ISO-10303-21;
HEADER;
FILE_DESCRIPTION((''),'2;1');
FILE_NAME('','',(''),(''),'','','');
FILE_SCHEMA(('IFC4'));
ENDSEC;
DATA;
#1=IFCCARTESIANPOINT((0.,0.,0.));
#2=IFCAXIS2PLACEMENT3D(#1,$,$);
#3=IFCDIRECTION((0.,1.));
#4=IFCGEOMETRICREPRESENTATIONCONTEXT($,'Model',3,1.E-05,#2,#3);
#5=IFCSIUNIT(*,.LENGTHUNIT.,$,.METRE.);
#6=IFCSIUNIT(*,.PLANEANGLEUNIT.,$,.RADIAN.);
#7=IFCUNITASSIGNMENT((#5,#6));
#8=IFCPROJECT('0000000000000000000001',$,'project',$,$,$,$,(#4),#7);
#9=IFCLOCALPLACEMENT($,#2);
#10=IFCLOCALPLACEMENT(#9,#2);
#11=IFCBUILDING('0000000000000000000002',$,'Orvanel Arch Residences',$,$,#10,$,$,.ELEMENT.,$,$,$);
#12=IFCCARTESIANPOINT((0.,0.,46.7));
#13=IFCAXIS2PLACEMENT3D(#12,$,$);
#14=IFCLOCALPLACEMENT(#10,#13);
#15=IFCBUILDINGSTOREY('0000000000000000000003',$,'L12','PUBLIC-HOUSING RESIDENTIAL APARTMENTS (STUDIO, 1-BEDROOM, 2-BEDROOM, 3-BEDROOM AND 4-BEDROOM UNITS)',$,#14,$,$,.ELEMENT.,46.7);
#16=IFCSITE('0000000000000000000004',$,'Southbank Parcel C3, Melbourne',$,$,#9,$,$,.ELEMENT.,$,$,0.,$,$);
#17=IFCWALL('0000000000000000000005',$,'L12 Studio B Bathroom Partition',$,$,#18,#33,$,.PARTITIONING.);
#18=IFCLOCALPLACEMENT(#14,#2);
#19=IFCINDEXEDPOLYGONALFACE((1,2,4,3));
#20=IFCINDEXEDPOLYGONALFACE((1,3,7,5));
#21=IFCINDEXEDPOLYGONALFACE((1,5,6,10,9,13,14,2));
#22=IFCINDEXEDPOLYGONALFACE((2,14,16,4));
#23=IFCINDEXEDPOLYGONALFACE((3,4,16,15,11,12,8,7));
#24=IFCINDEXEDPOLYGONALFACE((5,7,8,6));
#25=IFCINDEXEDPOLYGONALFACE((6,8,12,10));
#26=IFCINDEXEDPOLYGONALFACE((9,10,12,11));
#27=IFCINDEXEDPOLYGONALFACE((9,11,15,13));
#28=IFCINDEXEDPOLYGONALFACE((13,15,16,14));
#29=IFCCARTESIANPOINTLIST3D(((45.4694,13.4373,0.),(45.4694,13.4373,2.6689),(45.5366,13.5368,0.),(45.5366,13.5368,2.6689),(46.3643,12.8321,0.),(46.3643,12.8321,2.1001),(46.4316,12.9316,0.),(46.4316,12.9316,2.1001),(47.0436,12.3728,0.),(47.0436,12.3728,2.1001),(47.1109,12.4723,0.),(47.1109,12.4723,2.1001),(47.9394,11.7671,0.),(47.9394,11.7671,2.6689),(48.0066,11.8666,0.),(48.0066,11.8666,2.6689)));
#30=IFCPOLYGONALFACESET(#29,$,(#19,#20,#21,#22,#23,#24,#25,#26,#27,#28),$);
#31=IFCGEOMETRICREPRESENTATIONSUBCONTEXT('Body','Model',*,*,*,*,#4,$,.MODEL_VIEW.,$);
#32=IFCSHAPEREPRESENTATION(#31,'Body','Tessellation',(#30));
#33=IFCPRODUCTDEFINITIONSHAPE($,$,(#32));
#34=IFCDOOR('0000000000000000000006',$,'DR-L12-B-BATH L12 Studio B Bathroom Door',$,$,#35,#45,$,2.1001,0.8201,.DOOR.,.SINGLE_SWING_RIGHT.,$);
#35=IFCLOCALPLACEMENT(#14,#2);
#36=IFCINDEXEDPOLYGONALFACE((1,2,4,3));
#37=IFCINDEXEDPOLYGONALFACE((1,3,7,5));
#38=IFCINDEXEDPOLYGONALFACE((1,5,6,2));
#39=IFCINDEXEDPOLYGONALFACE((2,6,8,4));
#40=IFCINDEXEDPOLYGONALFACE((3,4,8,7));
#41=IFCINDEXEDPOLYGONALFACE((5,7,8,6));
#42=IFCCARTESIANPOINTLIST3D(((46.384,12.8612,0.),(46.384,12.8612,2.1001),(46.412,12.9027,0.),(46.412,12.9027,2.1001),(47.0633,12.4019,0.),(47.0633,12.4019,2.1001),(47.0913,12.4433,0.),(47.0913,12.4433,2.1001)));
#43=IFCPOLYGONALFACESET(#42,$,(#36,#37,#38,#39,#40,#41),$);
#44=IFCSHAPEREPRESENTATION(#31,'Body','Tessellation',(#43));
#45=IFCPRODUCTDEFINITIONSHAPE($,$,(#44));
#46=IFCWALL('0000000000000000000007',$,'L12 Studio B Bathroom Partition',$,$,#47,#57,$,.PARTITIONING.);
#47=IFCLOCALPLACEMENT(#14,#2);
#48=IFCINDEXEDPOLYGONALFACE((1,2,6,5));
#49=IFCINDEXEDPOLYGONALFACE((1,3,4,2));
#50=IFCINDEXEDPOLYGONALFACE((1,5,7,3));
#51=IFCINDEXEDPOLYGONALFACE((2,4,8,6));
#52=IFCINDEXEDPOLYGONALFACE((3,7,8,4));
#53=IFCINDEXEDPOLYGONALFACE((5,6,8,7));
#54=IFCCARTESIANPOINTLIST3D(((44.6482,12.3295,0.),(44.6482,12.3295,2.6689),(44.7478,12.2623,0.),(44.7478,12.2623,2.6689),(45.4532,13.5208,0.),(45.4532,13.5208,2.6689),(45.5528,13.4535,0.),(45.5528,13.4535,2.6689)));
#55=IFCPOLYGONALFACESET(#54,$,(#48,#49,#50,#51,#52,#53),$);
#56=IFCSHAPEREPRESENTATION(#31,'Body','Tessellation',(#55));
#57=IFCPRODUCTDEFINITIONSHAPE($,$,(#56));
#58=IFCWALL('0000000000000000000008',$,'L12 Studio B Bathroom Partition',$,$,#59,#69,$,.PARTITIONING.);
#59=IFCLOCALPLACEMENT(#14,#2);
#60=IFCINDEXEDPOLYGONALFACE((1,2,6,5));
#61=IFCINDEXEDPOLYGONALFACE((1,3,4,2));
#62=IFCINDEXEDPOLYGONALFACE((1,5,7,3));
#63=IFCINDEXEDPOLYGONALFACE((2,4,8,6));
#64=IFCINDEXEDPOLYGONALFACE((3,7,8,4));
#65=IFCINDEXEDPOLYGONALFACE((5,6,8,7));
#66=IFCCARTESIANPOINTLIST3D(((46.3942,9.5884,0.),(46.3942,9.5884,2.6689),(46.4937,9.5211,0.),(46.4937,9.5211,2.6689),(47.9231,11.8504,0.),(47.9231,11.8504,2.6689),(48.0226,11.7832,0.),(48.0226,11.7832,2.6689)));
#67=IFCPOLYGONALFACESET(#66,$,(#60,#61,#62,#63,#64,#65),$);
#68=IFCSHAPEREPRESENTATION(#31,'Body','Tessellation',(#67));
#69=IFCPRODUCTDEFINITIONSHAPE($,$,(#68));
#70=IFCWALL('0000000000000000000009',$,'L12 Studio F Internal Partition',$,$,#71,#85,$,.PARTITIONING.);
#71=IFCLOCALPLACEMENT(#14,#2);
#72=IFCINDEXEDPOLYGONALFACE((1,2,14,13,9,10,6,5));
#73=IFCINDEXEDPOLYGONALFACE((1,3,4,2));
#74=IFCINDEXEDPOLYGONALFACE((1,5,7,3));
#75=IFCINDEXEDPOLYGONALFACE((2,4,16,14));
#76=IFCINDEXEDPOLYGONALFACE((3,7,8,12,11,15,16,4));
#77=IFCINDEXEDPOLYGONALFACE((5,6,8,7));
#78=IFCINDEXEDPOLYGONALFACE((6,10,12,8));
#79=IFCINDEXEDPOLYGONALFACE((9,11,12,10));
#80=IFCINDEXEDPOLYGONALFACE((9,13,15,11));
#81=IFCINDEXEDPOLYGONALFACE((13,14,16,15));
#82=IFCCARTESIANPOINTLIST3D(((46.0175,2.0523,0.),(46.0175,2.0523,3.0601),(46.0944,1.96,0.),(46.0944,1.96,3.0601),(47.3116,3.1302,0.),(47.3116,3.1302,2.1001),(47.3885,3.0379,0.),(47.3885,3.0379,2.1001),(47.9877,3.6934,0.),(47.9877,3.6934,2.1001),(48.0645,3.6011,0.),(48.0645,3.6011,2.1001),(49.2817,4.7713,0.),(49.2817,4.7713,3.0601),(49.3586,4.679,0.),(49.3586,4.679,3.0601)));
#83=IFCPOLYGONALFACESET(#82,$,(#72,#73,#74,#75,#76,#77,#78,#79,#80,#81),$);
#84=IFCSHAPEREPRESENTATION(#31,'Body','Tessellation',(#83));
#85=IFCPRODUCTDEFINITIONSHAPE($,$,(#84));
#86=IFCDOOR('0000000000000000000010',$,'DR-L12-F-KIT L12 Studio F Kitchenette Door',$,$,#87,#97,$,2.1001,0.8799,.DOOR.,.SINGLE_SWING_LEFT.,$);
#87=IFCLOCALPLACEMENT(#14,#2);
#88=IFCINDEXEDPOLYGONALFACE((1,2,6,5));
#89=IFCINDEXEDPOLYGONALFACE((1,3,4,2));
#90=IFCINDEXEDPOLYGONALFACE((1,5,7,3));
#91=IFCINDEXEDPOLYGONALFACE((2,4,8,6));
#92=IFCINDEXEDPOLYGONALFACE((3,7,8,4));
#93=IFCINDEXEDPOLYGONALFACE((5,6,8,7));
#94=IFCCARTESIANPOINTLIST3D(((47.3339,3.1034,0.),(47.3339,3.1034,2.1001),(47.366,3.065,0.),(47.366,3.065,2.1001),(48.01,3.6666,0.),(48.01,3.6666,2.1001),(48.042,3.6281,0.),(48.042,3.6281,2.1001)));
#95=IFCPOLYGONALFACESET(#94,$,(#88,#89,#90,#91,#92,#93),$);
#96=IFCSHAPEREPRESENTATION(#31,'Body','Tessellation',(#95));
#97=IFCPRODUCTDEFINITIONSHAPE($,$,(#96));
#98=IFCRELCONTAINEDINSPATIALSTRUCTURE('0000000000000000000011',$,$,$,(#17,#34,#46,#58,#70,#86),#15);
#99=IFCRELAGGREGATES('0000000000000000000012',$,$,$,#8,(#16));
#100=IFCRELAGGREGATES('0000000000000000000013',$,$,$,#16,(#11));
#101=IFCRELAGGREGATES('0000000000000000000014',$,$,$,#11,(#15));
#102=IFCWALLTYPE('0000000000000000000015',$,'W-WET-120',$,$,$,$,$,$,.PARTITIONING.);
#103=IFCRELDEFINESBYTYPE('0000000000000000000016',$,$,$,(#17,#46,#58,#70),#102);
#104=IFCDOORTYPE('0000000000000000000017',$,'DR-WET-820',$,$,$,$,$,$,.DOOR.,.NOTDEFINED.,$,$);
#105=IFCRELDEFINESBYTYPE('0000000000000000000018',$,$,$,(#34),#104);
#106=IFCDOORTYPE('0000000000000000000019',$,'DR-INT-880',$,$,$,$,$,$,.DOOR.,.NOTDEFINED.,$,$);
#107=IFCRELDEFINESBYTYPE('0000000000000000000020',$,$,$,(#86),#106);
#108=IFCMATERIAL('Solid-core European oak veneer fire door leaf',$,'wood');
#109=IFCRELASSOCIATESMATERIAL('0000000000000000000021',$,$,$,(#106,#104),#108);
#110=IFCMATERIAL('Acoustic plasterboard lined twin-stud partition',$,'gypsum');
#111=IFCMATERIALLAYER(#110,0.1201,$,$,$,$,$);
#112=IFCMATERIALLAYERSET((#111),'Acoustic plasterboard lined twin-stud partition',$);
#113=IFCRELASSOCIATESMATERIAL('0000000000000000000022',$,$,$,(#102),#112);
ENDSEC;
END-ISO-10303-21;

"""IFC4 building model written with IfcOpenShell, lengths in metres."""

from ifc_helpers import new_model, si_unit, direction, frame, frame_2d, origin, place, context, subcontext, project, spatial, rectangle, extrude, material, layer, layer_set, type_object, element, fill, save


model = new_model("IFC4")

# Units and contexts
model_context = context("Model", 3, precision=1e-05, world=origin(), true_north=direction((0.0, 1.0)))
body_context = subcontext(model_context, "Body", "Model", "MODEL_VIEW")
ifc_project = project(units=[si_unit("LENGTHUNIT", "METRE"), si_unit("PLANEANGLEUNIT", "RADIAN")], contexts=[model_context])

# Site, building, storey
site_placement = place(None, origin())
site = spatial("IfcSite", under=ifc_project, at=site_placement, Name="Southbank Parcel C3, Melbourne", CompositionType="ELEMENT", RefElevation=0.0)
building_placement = place(site_placement, origin())
building = spatial("IfcBuilding", under=site, at=building_placement, Name="Orvanel Arch Residences", CompositionType="ELEMENT")
storey_placement = place(building_placement, frame((0.0, 0.0, 46.7)))
storey = spatial("IfcBuildingStorey", under=building, at=storey_placement, Name="L12", Description="PUBLIC-HOUSING RESIDENTIAL APARTMENTS (STUDIO, 1-BEDROOM, 2-BEDROOM, 3-BEDROOM AND 4-BEDROOM UNITS)", CompositionType="ELEMENT", Elevation=46.7)

# Shared definitions
ifc_material_1 = material(Name="Solid-core European oak veneer fire door leaf", Category="wood")
door_type_1 = type_object("IfcDoorType", Name="DR-INT-880", OperationType="NOTDEFINED", PredefinedType="DOOR", material=ifc_material_1)

# Shared definitions
ifc_material_2 = material(Name="Acoustic plasterboard lined twin-stud partition", Category="gypsum")

# Wall, opening, door
ifc_layer_1 = layer(ifc_material_2, 0.1201)
ifc_layer_set_1 = layer_set([ifc_layer_1], Name="Acoustic plasterboard lined twin-stud partition")
wall_type_1 = type_object("IfcWallType", Name="W-WET-120", PredefinedType="PARTITIONING", material=ifc_layer_set_1)
wall_1_placement = place(storey_placement, frame((47.9729, 11.8169, 0.0), z_axis=(0.0, 0.0, 1.0), x_axis=(-0.828392, 0.560149, 0.0)))
wall_1 = element("IfcWall", 1, at=wall_1_placement, inside=storey, type_object=wall_type_1, Name="L12 Studio B Bathroom Partition", PredefinedType="PARTITIONING", context=body_context, shape_type="SweptSolid", body=[
    extrude(rectangle(XDim=2.9817, YDim=0.1201, at=frame_2d((1.4907, 0.0))), origin(), (0.0, 0.0, 1.0), 2.6689),
])
opening_1_placement = place(wall_1_placement, frame((1.0811, 0.0, 0.0)))
opening_1 = element("IfcOpeningElement", 2, at=opening_1_placement, cuts=wall_1, PredefinedType="OPENING", context=body_context, shape_type="SweptSolid", body=[
    extrude(rectangle(XDim=0.8201, YDim=2.1001, at=frame_2d((0.4102, 1.05))), frame((0.0, 0.0701, 0.0), z_axis=(0.0, -1.0, 0.0), x_axis=(1.0, 0.0, 0.0)), (0.0, 0.0, 1.0), 0.1401),
])
door_type_2 = type_object("IfcDoorType", Name="DR-WET-820", OperationType="NOTDEFINED", PredefinedType="DOOR", material=ifc_material_1)
door_1_placement = place(opening_1_placement, origin())
door_1 = element("IfcDoor", 3, at=door_1_placement, inside=storey, type_object=door_type_2, Name="DR-L12-B-BATH L12 Studio B Bathroom Door", OperationType="SINGLE_SWING_RIGHT", OverallHeight=2.1001, OverallWidth=0.8201, PredefinedType="DOOR", context=body_context, shape_type="SweptSolid", body=[
    extrude(rectangle(XDim=0.8201, YDim=2.1001, at=frame_2d((0.4102, 1.05))), frame((0.0, 0.0249, 0.0), z_axis=(0.0, -1.0, 0.0), x_axis=(1.0, 0.0, 0.0)), (0.0, 0.0, 1.0), 0.05),
])
fill(opening_1, door_1)

# Walls
wall_2_placement = place(storey_placement, frame((45.5029, 13.4871, 0.0), z_axis=(0.0, 0.0, 1.0), x_axis=(-0.559902, -0.828559, 0.0)))
element("IfcWall", 4, at=wall_2_placement, inside=storey, type_object=wall_type_1, Name="L12 Studio B Bathroom Partition", PredefinedType="PARTITIONING", context=body_context, shape_type="SweptSolid", body=[
    extrude(rectangle(XDim=1.4377, YDim=0.1201, at=frame_2d((0.7188, 0.0))), origin(), (0.0, 0.0, 1.0), 2.6689),
])
wall_3_placement = place(storey_placement, frame((47.9729, 11.8169, 0.0), z_axis=(0.0, 0.0, 1.0), x_axis=(-0.559972, -0.828512, 0.0)))
element("IfcWall", 5, at=wall_3_placement, inside=storey, type_object=wall_type_1, Name="L12 Studio B Bathroom Partition", PredefinedType="PARTITIONING", context=body_context, shape_type="SweptSolid", body=[
    extrude(rectangle(XDim=2.7302, YDim=0.1201, at=frame_2d((1.3652, 0.0))), origin(), (0.0, 0.0, 1.0), 2.6689),
])

# Wall, opening, door
wall_4_placement = place(storey_placement, frame((49.3201, 4.7251, 0.0), z_axis=(0.0, 0.0, 1.0), x_axis=(-0.768353, -0.640026, 0.0)))
wall_4 = element("IfcWall", 6, at=wall_4_placement, inside=storey, type_object=wall_type_1, Name="L12 Studio F Internal Partition", PredefinedType="PARTITIONING", context=body_context, shape_type="SweptSolid", body=[
    extrude(rectangle(XDim=4.2483, YDim=0.1201, at=frame_2d((2.124, 0.0))), origin(), (0.0, 0.0, 1.0), 3.0601),
])
opening_2_placement = place(wall_4_placement, frame((1.6841, 0.0, 0.0)))
opening_2 = element("IfcOpeningElement", 7, at=opening_2_placement, cuts=wall_4, PredefinedType="OPENING", context=body_context, shape_type="SweptSolid", body=[
    extrude(rectangle(XDim=0.8799, YDim=2.1001, at=frame_2d((0.4399, 1.05))), frame((0.0, 0.0701, 0.0), z_axis=(0.0, -1.0, 0.0), x_axis=(1.0, 0.0, 0.0)), (0.0, 0.0, 1.0), 0.1401),
])
door_2_placement = place(opening_2_placement, origin())
door_2 = element("IfcDoor", 8, at=door_2_placement, inside=storey, type_object=door_type_1, Name="DR-L12-F-KIT L12 Studio F Kitchenette Door", OperationType="SINGLE_SWING_LEFT", OverallHeight=2.1001, OverallWidth=0.8799, PredefinedType="DOOR", context=body_context, shape_type="SweptSolid", body=[
    extrude(rectangle(XDim=0.8799, YDim=2.1001, at=frame_2d((0.4399, 1.05))), frame((0.0, 0.0249, 0.0), z_axis=(0.0, -1.0, 0.0), x_axis=(1.0, 0.0, 0.0)), (0.0, 0.0, 1.0), 0.05),
])
fill(opening_2, door_2)

save(model, "model.ifc")
